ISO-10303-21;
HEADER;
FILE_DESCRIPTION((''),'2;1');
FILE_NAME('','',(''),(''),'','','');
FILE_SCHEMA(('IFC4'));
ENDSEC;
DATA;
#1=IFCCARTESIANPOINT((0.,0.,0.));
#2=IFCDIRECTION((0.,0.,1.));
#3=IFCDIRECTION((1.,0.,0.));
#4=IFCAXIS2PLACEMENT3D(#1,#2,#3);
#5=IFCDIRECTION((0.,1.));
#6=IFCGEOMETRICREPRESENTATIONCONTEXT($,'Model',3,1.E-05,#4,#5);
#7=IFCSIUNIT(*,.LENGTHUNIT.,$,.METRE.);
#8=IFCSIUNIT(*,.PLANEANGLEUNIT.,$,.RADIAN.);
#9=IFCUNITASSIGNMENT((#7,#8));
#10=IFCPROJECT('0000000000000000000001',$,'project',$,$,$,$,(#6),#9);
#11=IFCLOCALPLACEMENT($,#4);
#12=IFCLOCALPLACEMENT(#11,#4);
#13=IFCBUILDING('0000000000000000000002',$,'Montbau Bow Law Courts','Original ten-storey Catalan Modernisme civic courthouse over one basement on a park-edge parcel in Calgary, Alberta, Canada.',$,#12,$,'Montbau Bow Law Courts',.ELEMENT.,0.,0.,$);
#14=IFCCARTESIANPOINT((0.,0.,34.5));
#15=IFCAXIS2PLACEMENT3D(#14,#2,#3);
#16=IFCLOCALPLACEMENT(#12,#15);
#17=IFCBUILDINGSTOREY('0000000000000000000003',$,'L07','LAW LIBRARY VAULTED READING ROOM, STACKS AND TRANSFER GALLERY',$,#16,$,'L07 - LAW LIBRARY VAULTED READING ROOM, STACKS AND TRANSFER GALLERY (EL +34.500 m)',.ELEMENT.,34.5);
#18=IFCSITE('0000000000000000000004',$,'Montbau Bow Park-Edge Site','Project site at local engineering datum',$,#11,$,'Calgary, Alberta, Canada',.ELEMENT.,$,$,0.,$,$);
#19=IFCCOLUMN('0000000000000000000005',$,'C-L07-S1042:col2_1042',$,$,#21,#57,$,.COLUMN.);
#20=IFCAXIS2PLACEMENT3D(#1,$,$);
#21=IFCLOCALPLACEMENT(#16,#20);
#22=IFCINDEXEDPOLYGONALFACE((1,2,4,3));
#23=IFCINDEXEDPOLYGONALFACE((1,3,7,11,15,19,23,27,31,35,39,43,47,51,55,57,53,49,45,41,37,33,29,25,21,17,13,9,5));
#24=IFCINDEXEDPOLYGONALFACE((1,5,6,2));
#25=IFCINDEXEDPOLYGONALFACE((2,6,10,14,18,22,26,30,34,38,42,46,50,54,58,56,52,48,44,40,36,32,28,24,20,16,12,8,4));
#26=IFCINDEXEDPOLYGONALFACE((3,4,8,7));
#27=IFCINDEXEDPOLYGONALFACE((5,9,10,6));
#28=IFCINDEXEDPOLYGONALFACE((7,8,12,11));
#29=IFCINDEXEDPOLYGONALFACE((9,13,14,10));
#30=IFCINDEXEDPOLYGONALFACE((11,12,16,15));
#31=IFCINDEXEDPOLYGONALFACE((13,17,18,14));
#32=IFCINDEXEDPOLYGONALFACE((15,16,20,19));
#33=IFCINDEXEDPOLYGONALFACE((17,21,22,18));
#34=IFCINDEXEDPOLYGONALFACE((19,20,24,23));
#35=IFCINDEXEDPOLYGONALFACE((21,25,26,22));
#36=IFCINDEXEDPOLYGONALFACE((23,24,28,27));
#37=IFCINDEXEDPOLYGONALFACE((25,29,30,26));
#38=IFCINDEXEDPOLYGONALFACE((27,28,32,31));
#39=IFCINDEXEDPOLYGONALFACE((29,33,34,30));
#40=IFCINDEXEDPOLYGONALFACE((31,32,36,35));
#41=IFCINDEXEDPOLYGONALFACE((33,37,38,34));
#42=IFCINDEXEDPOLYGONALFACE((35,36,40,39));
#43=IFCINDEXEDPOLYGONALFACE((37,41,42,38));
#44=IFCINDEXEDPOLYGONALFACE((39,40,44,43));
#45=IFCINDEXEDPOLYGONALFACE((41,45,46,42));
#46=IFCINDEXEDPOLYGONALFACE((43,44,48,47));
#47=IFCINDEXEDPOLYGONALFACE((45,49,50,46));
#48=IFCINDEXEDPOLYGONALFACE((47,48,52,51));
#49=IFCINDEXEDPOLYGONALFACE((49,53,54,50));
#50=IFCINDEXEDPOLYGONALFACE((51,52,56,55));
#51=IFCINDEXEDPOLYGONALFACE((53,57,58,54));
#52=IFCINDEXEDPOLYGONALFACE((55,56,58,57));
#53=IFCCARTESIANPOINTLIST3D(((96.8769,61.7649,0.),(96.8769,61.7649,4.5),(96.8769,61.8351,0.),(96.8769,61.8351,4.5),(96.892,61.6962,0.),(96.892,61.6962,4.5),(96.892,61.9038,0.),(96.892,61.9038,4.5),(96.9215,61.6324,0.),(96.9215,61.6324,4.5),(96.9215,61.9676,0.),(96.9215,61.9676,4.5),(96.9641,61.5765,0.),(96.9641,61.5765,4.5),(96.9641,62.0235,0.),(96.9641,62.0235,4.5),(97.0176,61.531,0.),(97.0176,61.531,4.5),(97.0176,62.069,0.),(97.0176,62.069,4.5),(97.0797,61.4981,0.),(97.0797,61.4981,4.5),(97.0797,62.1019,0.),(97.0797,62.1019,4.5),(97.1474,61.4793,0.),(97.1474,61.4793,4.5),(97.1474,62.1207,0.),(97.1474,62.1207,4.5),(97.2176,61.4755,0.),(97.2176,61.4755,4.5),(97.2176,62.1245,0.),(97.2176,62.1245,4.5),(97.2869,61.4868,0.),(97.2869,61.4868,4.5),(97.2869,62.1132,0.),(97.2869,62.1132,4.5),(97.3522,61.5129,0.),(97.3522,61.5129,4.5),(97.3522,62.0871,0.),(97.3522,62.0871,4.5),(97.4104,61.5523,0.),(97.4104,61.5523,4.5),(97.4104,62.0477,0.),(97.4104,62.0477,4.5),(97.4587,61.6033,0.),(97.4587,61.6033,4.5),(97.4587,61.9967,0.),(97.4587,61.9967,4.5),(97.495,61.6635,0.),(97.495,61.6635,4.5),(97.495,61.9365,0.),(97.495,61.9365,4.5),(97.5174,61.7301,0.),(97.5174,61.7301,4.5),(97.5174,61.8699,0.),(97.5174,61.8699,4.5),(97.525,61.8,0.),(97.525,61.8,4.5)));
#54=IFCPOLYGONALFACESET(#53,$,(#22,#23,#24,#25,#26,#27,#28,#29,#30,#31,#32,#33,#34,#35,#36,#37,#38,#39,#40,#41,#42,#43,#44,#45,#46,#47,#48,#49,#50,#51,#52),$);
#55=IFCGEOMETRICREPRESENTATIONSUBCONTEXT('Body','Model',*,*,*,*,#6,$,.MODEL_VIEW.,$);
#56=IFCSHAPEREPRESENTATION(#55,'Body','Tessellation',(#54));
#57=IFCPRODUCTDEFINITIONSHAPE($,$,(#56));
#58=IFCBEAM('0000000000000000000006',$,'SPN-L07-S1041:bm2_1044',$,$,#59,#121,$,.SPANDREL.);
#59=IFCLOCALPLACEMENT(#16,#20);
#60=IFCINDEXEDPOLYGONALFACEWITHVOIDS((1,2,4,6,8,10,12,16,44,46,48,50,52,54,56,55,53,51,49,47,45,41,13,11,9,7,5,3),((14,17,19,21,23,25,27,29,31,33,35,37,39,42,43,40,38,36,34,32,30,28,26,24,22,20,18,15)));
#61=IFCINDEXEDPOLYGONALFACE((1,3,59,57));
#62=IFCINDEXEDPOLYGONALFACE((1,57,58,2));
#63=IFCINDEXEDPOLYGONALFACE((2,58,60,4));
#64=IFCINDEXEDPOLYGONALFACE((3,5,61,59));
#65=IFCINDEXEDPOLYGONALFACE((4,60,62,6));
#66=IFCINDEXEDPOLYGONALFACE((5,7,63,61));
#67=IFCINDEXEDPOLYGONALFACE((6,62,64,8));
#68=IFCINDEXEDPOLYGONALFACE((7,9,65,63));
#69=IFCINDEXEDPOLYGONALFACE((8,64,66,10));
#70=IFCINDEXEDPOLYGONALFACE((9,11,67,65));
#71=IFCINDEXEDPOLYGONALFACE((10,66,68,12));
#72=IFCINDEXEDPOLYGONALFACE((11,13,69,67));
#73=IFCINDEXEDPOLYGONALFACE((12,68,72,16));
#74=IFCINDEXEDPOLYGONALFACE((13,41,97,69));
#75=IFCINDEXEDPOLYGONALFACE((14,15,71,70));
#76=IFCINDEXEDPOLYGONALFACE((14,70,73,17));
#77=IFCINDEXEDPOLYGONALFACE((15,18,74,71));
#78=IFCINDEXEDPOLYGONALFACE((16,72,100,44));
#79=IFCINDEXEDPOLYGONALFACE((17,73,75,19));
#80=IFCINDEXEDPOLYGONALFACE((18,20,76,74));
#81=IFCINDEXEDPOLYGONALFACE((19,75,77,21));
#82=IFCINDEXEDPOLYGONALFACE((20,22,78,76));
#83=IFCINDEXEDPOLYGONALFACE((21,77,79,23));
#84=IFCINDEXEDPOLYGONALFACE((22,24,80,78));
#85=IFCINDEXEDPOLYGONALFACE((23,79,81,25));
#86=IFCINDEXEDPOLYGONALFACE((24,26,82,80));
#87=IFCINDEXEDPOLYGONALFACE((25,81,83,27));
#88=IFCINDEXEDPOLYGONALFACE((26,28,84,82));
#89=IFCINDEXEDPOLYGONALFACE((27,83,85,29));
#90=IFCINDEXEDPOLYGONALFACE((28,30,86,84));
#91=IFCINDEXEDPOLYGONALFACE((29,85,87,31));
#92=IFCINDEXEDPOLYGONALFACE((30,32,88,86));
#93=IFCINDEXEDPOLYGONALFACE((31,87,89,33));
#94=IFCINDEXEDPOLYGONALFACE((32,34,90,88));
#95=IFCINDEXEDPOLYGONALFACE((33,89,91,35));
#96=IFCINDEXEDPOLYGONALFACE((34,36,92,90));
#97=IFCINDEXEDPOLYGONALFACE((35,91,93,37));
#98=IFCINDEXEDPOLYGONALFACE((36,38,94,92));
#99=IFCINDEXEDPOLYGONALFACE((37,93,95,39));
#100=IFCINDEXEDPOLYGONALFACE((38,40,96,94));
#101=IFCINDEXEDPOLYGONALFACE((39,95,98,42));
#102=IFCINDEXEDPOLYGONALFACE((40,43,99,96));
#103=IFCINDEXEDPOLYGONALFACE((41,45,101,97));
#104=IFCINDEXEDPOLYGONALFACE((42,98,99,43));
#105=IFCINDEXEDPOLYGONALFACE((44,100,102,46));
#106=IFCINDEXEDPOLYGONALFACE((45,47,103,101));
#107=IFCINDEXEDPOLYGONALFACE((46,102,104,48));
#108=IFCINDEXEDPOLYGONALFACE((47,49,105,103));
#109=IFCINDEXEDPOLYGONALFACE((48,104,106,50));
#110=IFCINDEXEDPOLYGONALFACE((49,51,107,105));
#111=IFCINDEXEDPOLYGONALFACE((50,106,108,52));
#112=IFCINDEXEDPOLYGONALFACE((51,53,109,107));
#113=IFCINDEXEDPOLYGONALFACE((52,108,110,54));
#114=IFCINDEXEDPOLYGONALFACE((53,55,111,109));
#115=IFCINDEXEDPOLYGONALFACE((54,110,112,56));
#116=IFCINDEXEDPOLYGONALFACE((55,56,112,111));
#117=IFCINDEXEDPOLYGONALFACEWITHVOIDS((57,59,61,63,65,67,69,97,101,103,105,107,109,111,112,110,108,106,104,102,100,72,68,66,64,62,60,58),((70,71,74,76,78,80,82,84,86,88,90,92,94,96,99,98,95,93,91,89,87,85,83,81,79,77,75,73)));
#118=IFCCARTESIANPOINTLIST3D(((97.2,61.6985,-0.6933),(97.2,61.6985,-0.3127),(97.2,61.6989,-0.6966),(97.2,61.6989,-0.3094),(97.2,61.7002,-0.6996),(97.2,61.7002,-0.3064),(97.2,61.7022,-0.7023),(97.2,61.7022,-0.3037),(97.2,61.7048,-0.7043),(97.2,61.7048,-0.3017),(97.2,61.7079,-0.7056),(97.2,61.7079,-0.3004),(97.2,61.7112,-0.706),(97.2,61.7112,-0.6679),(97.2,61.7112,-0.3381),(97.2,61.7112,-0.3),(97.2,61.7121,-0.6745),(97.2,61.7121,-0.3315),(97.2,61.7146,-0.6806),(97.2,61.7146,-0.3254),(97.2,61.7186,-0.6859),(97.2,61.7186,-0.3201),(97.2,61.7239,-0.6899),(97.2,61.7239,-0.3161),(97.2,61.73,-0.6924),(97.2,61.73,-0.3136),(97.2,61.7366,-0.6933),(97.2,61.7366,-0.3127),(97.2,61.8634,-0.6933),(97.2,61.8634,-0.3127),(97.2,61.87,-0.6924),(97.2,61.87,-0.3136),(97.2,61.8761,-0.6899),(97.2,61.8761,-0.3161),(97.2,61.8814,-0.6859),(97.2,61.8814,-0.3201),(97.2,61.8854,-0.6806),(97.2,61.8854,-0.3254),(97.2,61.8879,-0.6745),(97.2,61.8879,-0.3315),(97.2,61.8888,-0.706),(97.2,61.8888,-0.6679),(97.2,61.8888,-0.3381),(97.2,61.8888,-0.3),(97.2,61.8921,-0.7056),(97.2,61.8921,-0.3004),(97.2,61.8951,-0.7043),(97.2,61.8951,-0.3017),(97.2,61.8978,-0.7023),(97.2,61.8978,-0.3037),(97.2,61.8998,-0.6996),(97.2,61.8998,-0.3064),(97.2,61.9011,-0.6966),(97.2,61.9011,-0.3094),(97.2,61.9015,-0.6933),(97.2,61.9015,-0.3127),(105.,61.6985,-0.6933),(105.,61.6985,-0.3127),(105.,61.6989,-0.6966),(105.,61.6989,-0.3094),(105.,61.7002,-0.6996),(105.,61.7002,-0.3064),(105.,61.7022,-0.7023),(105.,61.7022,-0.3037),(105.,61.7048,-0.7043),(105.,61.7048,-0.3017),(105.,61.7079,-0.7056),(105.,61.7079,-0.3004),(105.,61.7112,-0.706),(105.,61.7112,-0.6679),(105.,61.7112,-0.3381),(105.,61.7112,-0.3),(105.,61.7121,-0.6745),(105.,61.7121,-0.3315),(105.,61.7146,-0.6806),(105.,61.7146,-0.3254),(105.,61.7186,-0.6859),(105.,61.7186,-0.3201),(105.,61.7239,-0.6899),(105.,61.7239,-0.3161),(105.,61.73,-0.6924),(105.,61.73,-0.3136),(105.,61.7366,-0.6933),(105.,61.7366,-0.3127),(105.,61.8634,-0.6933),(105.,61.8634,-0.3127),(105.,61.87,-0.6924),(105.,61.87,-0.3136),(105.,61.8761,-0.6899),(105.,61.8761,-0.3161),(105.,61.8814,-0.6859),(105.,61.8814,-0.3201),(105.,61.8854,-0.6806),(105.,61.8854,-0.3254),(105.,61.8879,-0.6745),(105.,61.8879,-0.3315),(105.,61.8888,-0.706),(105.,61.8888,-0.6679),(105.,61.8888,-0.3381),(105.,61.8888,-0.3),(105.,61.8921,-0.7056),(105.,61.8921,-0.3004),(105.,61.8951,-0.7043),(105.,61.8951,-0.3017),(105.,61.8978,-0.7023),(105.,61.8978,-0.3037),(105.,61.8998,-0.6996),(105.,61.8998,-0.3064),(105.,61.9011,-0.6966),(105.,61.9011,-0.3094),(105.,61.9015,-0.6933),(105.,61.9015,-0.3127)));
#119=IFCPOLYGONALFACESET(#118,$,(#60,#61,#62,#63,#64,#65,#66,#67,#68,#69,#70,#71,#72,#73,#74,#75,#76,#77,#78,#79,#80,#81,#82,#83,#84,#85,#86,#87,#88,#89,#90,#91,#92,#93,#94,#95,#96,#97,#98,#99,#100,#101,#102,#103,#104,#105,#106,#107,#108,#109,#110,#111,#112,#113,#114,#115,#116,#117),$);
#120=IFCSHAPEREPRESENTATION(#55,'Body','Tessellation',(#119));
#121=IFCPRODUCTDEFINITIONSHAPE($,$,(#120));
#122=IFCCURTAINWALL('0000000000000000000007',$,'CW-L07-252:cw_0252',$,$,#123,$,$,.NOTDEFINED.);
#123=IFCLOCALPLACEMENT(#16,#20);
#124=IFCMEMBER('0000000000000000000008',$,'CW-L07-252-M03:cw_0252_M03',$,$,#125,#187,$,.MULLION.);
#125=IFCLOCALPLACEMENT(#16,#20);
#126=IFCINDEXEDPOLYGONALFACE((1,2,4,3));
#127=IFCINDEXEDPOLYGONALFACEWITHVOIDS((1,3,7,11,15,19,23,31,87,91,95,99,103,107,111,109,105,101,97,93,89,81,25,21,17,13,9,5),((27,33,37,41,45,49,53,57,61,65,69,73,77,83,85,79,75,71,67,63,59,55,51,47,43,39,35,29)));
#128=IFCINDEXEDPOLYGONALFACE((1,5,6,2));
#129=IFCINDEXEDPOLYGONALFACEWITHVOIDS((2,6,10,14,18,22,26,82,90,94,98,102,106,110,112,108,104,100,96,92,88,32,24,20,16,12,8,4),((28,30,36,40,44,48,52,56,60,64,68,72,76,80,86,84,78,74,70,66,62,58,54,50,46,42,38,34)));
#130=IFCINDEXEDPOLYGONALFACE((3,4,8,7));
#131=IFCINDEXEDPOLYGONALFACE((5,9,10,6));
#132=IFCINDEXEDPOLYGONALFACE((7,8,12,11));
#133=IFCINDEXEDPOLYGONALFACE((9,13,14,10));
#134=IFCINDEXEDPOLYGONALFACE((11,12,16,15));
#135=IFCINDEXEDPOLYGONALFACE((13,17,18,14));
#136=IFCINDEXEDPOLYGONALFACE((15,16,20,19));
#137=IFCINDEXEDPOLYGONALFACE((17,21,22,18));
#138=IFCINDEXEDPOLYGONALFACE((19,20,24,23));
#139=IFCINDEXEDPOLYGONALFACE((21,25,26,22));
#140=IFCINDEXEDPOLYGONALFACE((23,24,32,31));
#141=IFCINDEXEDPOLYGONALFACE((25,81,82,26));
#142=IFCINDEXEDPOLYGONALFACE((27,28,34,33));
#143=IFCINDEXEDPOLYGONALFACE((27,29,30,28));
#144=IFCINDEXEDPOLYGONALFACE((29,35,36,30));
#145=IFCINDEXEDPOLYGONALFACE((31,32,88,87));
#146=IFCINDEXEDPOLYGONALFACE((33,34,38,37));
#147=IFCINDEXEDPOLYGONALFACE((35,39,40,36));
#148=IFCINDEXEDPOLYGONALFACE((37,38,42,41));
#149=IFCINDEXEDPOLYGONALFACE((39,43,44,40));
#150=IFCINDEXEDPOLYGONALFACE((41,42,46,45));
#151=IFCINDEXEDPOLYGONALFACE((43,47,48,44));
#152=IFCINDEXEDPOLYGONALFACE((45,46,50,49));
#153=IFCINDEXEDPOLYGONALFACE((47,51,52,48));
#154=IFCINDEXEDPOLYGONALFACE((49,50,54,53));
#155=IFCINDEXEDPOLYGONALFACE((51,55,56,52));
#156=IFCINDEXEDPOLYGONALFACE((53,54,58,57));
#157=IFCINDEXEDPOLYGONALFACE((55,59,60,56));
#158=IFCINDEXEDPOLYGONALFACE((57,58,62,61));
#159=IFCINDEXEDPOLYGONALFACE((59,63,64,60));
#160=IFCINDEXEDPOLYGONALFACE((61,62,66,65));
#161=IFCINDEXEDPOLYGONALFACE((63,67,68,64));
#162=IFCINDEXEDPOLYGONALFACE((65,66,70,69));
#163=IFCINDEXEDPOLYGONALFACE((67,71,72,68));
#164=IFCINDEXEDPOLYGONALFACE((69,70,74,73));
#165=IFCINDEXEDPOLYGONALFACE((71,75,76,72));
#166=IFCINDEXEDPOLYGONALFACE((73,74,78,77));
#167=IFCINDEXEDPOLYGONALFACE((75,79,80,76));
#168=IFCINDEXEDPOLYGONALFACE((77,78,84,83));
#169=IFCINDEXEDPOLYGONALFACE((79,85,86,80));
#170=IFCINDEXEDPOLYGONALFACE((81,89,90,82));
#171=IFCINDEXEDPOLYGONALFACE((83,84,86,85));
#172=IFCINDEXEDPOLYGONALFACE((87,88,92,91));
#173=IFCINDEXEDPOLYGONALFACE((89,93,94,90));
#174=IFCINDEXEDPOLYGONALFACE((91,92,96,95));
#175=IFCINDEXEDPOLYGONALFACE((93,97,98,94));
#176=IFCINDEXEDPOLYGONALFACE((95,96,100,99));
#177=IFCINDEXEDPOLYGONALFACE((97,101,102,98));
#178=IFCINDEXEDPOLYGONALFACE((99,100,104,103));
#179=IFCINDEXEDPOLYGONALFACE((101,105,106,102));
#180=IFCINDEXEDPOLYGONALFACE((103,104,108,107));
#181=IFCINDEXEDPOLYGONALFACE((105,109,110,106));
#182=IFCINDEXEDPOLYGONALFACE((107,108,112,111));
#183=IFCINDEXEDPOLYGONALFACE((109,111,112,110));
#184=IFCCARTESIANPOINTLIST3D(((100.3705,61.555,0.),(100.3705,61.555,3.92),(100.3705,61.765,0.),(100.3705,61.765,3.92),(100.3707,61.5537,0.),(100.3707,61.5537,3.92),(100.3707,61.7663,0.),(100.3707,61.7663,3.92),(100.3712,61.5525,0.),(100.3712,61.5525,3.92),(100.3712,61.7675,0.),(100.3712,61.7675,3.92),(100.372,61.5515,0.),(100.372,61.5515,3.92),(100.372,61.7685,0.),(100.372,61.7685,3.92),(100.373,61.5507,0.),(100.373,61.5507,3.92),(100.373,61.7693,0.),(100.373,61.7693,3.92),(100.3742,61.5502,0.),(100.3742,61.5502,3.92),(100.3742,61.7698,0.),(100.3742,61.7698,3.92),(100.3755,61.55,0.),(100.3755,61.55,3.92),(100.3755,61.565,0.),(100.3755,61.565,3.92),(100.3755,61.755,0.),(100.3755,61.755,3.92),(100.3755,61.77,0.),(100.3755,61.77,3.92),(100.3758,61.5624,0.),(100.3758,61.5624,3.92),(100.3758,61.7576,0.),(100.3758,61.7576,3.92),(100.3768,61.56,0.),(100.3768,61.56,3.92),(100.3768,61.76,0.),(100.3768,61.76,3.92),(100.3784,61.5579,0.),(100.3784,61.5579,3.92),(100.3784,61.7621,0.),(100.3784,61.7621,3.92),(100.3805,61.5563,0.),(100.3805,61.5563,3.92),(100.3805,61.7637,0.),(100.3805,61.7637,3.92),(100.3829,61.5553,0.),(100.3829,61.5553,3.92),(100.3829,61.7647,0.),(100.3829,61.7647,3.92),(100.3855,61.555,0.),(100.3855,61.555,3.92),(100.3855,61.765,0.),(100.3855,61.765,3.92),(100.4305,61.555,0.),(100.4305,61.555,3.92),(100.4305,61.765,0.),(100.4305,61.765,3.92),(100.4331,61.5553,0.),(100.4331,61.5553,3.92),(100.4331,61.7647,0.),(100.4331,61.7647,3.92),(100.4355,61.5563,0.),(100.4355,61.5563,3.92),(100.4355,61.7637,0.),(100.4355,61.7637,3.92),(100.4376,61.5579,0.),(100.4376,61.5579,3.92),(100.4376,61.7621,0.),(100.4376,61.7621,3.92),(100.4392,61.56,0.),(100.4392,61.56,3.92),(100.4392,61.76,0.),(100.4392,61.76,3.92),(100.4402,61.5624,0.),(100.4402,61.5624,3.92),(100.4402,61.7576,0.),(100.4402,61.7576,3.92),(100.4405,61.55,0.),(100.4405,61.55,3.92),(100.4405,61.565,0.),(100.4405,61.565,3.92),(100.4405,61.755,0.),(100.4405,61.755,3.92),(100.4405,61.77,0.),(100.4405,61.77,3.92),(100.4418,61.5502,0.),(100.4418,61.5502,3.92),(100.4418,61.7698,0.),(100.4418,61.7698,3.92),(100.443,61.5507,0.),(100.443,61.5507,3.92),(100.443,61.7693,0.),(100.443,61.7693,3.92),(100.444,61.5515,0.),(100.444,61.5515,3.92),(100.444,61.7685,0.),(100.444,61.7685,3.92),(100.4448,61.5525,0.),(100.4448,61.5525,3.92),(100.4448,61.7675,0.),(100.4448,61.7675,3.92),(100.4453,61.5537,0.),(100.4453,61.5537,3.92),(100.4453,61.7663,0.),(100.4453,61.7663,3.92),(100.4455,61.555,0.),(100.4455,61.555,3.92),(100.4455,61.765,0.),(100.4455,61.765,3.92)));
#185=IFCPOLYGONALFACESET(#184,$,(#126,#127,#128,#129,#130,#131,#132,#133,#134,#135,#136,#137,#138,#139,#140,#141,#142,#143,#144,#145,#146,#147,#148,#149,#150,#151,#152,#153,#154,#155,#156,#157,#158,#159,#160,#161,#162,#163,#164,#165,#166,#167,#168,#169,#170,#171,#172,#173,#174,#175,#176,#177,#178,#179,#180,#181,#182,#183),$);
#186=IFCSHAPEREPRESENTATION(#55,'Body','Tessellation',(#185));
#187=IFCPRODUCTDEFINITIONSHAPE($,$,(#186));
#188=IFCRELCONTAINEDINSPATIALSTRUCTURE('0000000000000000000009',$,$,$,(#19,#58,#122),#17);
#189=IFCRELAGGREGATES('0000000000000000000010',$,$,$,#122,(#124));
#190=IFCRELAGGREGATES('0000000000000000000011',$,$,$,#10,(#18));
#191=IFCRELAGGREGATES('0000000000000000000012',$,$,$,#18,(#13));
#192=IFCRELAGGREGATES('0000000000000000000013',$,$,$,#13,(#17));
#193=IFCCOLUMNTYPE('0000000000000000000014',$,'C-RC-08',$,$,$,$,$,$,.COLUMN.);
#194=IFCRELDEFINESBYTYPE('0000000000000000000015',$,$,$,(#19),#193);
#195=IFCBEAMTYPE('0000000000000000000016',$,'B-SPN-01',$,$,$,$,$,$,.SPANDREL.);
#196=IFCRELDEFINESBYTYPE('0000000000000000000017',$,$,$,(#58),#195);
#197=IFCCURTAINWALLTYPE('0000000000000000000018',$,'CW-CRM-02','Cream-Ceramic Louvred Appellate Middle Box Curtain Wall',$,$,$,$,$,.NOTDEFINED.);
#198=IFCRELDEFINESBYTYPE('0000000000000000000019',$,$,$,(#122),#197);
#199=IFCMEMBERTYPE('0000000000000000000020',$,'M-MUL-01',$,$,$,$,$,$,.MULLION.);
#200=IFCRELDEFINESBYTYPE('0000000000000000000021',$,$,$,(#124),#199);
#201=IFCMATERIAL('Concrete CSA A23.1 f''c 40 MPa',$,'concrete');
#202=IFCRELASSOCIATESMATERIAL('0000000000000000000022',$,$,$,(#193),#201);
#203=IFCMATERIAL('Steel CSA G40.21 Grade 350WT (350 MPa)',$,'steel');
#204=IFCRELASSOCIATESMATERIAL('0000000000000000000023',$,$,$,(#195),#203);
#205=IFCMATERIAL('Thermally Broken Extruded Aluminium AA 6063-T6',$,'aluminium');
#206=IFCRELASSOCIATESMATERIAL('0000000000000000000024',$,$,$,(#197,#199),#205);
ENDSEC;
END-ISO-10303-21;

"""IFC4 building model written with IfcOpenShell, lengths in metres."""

from ifc_helpers import new_model, si_unit, direction, frame, origin_with_axes, origin_2d_with_axis, place, context, subcontext, project, spatial, hollow_rectangle, circle, extrude, material, material_profile, profile_set, type_object, element, aggregate, save


model = new_model("IFC4")

# Units and contexts
model_context = context("Model", 3, precision=1e-05, world=origin_with_axes(), true_north=direction((0.0, 1.0)))
body_context = subcontext(model_context, "Body", "Model", "MODEL_VIEW")
ifc_project = project(units=[si_unit("LENGTHUNIT", "METRE"), si_unit("PLANEANGLEUNIT", "RADIAN")], contexts=[model_context])

# Site, building, storey
site_placement = place(None, origin_with_axes())
site = spatial("IfcSite", under=ifc_project, at=site_placement, Name="Montbau Bow Park-Edge Site", Description="Project site at local engineering datum", LongName="Calgary, Alberta, Canada", CompositionType="ELEMENT", RefElevation=0.0)
building_placement = place(site_placement, origin_with_axes())
building = spatial("IfcBuilding", under=site, at=building_placement, Name="Montbau Bow Law Courts", Description="Original ten-storey Catalan Modernisme civic courthouse over one basement on a park-edge parcel in Calgary, Alberta, Canada.", LongName="Montbau Bow Law Courts", CompositionType="ELEMENT", ElevationOfRefHeight=0.0, ElevationOfTerrain=0.0)
storey_placement = place(building_placement, frame((0.0, 0.0, 34.5), z_axis=(0.0, 0.0, 1.0), x_axis=(1.0, 0.0, 0.0)))
storey = spatial("IfcBuildingStorey", under=building, at=storey_placement, Name="L07", Description="LAW LIBRARY VAULTED READING ROOM, STACKS AND TRANSFER GALLERY", LongName="L07 - LAW LIBRARY VAULTED READING ROOM, STACKS AND TRANSFER GALLERY (EL +34.500 m)", CompositionType="ELEMENT", Elevation=34.5)

# Column
ifc_material_1 = material(Name="Concrete CSA A23.1 f'c 40 MPa", Category="concrete")
ifc_material_profile_1 = material_profile(ifc_material_1, circle(Radius=0.325, at=origin_2d_with_axis()), Name="RC650D", Category="Main", Priority=0)
ifc_profile_set_1 = profile_set([ifc_material_profile_1], Name="Concrete CSA A23.1 f'c 40 MPa")
column_type = type_object("IfcColumnType", Name="C-RC-08", PredefinedType="COLUMN", material=ifc_profile_set_1)
column_placement = place(None, frame((97.2, 61.8, 34.5), z_axis=(0.0, 0.0, 1.0), x_axis=(1.0, 0.0, 0.0)))
element("IfcColumn", 1, at=column_placement, inside=storey, type_object=column_type, Name="C-L07-S1042:col2_1042", PredefinedType="COLUMN", context=body_context, shape_type="SweptSolid", body=[
    extrude(circle(Radius=0.325, at=origin_2d_with_axis()), origin_with_axes(), (0.0, 0.0, 1.0), 4.5),
])

# Beam
ifc_material_2 = material(Name="Steel CSA G40.21 Grade 350WT (350 MPa)", Category="steel")
ifc_material_profile_2 = material_profile(ifc_material_2, hollow_rectangle(XDim=0.203, YDim=0.406, WallThickness=0.0127, InnerFilletRadius=0.0254, OuterFilletRadius=0.0127, at=origin_2d_with_axis()), Name="HSS406X203X13", Category="Main", Priority=0)
ifc_profile_set_2 = profile_set([ifc_material_profile_2], Name="Steel CSA G40.21 Grade 350WT (350 MPa)")
beam_type = type_object("IfcBeamType", Name="B-SPN-01", PredefinedType="SPANDREL", material=ifc_profile_set_2)
beam_placement = place(None, frame((97.2, 61.8, 33.997), z_axis=(1.0, 0.0, 0.0), x_axis=(0.0, 1.0, 0.0)))
element("IfcBeam", 2, at=beam_placement, inside=storey, type_object=beam_type, Name="SPN-L07-S1041:bm2_1044", PredefinedType="SPANDREL", context=body_context, shape_type="SweptSolid", body=[
    extrude(hollow_rectangle(XDim=0.203, YDim=0.406, WallThickness=0.0127, InnerFilletRadius=0.0254, OuterFilletRadius=0.0127, at=origin_2d_with_axis()), origin_with_axes(), (0.0, 0.0, 1.0), 7.8),
])

# Curtain wall, member
ifc_material_3 = material(Name="Thermally Broken Extruded Aluminium AA 6063-T6", Category="aluminium")
curtain_wall_type = type_object("IfcCurtainWallType", Name="CW-CRM-02", Description="Cream-Ceramic Louvred Appellate Middle Box Curtain Wall", PredefinedType="NOTDEFINED", material=ifc_material_3)
curtain_wall_placement = place(None, frame((97.64, 61.66, 34.5), z_axis=(0.0, 0.0, 1.0), x_axis=(1.0, 0.0, 0.0)))
curtain_wall = element("IfcCurtainWall", 3, at=curtain_wall_placement, inside=storey, type_object=curtain_wall_type, Name="CW-L07-252:cw_0252", PredefinedType="NOTDEFINED")
ifc_material_profile_3 = material_profile(ifc_material_3, hollow_rectangle(XDim=0.075, YDim=0.22, WallThickness=0.005, InnerFilletRadius=0.01, OuterFilletRadius=0.005, at=origin_2d_with_axis()), Name="CWM-220X75", Category="Main", Priority=0)
ifc_profile_set_3 = profile_set([ifc_material_profile_3], Name="Thermally Broken Extruded Aluminium AA 6063-T6")
member_type_1 = type_object("IfcMemberType", Name="M-MUL-01", PredefinedType="MULLION", material=ifc_profile_set_3)
member_1_placement = place(None, frame((100.408, 61.66, 34.5), z_axis=(0.0, 0.0, 1.0), x_axis=(1.0, 0.0, 0.0)))
member_1 = element("IfcMember", 4, at=member_1_placement, type_object=member_type_1, Name="CW-L07-252-M03:cw_0252_M03", PredefinedType="MULLION", context=body_context, shape_type="SweptSolid", body=[
    extrude(hollow_rectangle(XDim=0.075, YDim=0.22, WallThickness=0.005, InnerFilletRadius=0.01, OuterFilletRadius=0.005, at=origin_2d_with_axis()), origin_with_axes(), (0.0, 0.0, 1.0), 3.92),
])
aggregate(curtain_wall, [member_1])

save(model, "model.ifc")
